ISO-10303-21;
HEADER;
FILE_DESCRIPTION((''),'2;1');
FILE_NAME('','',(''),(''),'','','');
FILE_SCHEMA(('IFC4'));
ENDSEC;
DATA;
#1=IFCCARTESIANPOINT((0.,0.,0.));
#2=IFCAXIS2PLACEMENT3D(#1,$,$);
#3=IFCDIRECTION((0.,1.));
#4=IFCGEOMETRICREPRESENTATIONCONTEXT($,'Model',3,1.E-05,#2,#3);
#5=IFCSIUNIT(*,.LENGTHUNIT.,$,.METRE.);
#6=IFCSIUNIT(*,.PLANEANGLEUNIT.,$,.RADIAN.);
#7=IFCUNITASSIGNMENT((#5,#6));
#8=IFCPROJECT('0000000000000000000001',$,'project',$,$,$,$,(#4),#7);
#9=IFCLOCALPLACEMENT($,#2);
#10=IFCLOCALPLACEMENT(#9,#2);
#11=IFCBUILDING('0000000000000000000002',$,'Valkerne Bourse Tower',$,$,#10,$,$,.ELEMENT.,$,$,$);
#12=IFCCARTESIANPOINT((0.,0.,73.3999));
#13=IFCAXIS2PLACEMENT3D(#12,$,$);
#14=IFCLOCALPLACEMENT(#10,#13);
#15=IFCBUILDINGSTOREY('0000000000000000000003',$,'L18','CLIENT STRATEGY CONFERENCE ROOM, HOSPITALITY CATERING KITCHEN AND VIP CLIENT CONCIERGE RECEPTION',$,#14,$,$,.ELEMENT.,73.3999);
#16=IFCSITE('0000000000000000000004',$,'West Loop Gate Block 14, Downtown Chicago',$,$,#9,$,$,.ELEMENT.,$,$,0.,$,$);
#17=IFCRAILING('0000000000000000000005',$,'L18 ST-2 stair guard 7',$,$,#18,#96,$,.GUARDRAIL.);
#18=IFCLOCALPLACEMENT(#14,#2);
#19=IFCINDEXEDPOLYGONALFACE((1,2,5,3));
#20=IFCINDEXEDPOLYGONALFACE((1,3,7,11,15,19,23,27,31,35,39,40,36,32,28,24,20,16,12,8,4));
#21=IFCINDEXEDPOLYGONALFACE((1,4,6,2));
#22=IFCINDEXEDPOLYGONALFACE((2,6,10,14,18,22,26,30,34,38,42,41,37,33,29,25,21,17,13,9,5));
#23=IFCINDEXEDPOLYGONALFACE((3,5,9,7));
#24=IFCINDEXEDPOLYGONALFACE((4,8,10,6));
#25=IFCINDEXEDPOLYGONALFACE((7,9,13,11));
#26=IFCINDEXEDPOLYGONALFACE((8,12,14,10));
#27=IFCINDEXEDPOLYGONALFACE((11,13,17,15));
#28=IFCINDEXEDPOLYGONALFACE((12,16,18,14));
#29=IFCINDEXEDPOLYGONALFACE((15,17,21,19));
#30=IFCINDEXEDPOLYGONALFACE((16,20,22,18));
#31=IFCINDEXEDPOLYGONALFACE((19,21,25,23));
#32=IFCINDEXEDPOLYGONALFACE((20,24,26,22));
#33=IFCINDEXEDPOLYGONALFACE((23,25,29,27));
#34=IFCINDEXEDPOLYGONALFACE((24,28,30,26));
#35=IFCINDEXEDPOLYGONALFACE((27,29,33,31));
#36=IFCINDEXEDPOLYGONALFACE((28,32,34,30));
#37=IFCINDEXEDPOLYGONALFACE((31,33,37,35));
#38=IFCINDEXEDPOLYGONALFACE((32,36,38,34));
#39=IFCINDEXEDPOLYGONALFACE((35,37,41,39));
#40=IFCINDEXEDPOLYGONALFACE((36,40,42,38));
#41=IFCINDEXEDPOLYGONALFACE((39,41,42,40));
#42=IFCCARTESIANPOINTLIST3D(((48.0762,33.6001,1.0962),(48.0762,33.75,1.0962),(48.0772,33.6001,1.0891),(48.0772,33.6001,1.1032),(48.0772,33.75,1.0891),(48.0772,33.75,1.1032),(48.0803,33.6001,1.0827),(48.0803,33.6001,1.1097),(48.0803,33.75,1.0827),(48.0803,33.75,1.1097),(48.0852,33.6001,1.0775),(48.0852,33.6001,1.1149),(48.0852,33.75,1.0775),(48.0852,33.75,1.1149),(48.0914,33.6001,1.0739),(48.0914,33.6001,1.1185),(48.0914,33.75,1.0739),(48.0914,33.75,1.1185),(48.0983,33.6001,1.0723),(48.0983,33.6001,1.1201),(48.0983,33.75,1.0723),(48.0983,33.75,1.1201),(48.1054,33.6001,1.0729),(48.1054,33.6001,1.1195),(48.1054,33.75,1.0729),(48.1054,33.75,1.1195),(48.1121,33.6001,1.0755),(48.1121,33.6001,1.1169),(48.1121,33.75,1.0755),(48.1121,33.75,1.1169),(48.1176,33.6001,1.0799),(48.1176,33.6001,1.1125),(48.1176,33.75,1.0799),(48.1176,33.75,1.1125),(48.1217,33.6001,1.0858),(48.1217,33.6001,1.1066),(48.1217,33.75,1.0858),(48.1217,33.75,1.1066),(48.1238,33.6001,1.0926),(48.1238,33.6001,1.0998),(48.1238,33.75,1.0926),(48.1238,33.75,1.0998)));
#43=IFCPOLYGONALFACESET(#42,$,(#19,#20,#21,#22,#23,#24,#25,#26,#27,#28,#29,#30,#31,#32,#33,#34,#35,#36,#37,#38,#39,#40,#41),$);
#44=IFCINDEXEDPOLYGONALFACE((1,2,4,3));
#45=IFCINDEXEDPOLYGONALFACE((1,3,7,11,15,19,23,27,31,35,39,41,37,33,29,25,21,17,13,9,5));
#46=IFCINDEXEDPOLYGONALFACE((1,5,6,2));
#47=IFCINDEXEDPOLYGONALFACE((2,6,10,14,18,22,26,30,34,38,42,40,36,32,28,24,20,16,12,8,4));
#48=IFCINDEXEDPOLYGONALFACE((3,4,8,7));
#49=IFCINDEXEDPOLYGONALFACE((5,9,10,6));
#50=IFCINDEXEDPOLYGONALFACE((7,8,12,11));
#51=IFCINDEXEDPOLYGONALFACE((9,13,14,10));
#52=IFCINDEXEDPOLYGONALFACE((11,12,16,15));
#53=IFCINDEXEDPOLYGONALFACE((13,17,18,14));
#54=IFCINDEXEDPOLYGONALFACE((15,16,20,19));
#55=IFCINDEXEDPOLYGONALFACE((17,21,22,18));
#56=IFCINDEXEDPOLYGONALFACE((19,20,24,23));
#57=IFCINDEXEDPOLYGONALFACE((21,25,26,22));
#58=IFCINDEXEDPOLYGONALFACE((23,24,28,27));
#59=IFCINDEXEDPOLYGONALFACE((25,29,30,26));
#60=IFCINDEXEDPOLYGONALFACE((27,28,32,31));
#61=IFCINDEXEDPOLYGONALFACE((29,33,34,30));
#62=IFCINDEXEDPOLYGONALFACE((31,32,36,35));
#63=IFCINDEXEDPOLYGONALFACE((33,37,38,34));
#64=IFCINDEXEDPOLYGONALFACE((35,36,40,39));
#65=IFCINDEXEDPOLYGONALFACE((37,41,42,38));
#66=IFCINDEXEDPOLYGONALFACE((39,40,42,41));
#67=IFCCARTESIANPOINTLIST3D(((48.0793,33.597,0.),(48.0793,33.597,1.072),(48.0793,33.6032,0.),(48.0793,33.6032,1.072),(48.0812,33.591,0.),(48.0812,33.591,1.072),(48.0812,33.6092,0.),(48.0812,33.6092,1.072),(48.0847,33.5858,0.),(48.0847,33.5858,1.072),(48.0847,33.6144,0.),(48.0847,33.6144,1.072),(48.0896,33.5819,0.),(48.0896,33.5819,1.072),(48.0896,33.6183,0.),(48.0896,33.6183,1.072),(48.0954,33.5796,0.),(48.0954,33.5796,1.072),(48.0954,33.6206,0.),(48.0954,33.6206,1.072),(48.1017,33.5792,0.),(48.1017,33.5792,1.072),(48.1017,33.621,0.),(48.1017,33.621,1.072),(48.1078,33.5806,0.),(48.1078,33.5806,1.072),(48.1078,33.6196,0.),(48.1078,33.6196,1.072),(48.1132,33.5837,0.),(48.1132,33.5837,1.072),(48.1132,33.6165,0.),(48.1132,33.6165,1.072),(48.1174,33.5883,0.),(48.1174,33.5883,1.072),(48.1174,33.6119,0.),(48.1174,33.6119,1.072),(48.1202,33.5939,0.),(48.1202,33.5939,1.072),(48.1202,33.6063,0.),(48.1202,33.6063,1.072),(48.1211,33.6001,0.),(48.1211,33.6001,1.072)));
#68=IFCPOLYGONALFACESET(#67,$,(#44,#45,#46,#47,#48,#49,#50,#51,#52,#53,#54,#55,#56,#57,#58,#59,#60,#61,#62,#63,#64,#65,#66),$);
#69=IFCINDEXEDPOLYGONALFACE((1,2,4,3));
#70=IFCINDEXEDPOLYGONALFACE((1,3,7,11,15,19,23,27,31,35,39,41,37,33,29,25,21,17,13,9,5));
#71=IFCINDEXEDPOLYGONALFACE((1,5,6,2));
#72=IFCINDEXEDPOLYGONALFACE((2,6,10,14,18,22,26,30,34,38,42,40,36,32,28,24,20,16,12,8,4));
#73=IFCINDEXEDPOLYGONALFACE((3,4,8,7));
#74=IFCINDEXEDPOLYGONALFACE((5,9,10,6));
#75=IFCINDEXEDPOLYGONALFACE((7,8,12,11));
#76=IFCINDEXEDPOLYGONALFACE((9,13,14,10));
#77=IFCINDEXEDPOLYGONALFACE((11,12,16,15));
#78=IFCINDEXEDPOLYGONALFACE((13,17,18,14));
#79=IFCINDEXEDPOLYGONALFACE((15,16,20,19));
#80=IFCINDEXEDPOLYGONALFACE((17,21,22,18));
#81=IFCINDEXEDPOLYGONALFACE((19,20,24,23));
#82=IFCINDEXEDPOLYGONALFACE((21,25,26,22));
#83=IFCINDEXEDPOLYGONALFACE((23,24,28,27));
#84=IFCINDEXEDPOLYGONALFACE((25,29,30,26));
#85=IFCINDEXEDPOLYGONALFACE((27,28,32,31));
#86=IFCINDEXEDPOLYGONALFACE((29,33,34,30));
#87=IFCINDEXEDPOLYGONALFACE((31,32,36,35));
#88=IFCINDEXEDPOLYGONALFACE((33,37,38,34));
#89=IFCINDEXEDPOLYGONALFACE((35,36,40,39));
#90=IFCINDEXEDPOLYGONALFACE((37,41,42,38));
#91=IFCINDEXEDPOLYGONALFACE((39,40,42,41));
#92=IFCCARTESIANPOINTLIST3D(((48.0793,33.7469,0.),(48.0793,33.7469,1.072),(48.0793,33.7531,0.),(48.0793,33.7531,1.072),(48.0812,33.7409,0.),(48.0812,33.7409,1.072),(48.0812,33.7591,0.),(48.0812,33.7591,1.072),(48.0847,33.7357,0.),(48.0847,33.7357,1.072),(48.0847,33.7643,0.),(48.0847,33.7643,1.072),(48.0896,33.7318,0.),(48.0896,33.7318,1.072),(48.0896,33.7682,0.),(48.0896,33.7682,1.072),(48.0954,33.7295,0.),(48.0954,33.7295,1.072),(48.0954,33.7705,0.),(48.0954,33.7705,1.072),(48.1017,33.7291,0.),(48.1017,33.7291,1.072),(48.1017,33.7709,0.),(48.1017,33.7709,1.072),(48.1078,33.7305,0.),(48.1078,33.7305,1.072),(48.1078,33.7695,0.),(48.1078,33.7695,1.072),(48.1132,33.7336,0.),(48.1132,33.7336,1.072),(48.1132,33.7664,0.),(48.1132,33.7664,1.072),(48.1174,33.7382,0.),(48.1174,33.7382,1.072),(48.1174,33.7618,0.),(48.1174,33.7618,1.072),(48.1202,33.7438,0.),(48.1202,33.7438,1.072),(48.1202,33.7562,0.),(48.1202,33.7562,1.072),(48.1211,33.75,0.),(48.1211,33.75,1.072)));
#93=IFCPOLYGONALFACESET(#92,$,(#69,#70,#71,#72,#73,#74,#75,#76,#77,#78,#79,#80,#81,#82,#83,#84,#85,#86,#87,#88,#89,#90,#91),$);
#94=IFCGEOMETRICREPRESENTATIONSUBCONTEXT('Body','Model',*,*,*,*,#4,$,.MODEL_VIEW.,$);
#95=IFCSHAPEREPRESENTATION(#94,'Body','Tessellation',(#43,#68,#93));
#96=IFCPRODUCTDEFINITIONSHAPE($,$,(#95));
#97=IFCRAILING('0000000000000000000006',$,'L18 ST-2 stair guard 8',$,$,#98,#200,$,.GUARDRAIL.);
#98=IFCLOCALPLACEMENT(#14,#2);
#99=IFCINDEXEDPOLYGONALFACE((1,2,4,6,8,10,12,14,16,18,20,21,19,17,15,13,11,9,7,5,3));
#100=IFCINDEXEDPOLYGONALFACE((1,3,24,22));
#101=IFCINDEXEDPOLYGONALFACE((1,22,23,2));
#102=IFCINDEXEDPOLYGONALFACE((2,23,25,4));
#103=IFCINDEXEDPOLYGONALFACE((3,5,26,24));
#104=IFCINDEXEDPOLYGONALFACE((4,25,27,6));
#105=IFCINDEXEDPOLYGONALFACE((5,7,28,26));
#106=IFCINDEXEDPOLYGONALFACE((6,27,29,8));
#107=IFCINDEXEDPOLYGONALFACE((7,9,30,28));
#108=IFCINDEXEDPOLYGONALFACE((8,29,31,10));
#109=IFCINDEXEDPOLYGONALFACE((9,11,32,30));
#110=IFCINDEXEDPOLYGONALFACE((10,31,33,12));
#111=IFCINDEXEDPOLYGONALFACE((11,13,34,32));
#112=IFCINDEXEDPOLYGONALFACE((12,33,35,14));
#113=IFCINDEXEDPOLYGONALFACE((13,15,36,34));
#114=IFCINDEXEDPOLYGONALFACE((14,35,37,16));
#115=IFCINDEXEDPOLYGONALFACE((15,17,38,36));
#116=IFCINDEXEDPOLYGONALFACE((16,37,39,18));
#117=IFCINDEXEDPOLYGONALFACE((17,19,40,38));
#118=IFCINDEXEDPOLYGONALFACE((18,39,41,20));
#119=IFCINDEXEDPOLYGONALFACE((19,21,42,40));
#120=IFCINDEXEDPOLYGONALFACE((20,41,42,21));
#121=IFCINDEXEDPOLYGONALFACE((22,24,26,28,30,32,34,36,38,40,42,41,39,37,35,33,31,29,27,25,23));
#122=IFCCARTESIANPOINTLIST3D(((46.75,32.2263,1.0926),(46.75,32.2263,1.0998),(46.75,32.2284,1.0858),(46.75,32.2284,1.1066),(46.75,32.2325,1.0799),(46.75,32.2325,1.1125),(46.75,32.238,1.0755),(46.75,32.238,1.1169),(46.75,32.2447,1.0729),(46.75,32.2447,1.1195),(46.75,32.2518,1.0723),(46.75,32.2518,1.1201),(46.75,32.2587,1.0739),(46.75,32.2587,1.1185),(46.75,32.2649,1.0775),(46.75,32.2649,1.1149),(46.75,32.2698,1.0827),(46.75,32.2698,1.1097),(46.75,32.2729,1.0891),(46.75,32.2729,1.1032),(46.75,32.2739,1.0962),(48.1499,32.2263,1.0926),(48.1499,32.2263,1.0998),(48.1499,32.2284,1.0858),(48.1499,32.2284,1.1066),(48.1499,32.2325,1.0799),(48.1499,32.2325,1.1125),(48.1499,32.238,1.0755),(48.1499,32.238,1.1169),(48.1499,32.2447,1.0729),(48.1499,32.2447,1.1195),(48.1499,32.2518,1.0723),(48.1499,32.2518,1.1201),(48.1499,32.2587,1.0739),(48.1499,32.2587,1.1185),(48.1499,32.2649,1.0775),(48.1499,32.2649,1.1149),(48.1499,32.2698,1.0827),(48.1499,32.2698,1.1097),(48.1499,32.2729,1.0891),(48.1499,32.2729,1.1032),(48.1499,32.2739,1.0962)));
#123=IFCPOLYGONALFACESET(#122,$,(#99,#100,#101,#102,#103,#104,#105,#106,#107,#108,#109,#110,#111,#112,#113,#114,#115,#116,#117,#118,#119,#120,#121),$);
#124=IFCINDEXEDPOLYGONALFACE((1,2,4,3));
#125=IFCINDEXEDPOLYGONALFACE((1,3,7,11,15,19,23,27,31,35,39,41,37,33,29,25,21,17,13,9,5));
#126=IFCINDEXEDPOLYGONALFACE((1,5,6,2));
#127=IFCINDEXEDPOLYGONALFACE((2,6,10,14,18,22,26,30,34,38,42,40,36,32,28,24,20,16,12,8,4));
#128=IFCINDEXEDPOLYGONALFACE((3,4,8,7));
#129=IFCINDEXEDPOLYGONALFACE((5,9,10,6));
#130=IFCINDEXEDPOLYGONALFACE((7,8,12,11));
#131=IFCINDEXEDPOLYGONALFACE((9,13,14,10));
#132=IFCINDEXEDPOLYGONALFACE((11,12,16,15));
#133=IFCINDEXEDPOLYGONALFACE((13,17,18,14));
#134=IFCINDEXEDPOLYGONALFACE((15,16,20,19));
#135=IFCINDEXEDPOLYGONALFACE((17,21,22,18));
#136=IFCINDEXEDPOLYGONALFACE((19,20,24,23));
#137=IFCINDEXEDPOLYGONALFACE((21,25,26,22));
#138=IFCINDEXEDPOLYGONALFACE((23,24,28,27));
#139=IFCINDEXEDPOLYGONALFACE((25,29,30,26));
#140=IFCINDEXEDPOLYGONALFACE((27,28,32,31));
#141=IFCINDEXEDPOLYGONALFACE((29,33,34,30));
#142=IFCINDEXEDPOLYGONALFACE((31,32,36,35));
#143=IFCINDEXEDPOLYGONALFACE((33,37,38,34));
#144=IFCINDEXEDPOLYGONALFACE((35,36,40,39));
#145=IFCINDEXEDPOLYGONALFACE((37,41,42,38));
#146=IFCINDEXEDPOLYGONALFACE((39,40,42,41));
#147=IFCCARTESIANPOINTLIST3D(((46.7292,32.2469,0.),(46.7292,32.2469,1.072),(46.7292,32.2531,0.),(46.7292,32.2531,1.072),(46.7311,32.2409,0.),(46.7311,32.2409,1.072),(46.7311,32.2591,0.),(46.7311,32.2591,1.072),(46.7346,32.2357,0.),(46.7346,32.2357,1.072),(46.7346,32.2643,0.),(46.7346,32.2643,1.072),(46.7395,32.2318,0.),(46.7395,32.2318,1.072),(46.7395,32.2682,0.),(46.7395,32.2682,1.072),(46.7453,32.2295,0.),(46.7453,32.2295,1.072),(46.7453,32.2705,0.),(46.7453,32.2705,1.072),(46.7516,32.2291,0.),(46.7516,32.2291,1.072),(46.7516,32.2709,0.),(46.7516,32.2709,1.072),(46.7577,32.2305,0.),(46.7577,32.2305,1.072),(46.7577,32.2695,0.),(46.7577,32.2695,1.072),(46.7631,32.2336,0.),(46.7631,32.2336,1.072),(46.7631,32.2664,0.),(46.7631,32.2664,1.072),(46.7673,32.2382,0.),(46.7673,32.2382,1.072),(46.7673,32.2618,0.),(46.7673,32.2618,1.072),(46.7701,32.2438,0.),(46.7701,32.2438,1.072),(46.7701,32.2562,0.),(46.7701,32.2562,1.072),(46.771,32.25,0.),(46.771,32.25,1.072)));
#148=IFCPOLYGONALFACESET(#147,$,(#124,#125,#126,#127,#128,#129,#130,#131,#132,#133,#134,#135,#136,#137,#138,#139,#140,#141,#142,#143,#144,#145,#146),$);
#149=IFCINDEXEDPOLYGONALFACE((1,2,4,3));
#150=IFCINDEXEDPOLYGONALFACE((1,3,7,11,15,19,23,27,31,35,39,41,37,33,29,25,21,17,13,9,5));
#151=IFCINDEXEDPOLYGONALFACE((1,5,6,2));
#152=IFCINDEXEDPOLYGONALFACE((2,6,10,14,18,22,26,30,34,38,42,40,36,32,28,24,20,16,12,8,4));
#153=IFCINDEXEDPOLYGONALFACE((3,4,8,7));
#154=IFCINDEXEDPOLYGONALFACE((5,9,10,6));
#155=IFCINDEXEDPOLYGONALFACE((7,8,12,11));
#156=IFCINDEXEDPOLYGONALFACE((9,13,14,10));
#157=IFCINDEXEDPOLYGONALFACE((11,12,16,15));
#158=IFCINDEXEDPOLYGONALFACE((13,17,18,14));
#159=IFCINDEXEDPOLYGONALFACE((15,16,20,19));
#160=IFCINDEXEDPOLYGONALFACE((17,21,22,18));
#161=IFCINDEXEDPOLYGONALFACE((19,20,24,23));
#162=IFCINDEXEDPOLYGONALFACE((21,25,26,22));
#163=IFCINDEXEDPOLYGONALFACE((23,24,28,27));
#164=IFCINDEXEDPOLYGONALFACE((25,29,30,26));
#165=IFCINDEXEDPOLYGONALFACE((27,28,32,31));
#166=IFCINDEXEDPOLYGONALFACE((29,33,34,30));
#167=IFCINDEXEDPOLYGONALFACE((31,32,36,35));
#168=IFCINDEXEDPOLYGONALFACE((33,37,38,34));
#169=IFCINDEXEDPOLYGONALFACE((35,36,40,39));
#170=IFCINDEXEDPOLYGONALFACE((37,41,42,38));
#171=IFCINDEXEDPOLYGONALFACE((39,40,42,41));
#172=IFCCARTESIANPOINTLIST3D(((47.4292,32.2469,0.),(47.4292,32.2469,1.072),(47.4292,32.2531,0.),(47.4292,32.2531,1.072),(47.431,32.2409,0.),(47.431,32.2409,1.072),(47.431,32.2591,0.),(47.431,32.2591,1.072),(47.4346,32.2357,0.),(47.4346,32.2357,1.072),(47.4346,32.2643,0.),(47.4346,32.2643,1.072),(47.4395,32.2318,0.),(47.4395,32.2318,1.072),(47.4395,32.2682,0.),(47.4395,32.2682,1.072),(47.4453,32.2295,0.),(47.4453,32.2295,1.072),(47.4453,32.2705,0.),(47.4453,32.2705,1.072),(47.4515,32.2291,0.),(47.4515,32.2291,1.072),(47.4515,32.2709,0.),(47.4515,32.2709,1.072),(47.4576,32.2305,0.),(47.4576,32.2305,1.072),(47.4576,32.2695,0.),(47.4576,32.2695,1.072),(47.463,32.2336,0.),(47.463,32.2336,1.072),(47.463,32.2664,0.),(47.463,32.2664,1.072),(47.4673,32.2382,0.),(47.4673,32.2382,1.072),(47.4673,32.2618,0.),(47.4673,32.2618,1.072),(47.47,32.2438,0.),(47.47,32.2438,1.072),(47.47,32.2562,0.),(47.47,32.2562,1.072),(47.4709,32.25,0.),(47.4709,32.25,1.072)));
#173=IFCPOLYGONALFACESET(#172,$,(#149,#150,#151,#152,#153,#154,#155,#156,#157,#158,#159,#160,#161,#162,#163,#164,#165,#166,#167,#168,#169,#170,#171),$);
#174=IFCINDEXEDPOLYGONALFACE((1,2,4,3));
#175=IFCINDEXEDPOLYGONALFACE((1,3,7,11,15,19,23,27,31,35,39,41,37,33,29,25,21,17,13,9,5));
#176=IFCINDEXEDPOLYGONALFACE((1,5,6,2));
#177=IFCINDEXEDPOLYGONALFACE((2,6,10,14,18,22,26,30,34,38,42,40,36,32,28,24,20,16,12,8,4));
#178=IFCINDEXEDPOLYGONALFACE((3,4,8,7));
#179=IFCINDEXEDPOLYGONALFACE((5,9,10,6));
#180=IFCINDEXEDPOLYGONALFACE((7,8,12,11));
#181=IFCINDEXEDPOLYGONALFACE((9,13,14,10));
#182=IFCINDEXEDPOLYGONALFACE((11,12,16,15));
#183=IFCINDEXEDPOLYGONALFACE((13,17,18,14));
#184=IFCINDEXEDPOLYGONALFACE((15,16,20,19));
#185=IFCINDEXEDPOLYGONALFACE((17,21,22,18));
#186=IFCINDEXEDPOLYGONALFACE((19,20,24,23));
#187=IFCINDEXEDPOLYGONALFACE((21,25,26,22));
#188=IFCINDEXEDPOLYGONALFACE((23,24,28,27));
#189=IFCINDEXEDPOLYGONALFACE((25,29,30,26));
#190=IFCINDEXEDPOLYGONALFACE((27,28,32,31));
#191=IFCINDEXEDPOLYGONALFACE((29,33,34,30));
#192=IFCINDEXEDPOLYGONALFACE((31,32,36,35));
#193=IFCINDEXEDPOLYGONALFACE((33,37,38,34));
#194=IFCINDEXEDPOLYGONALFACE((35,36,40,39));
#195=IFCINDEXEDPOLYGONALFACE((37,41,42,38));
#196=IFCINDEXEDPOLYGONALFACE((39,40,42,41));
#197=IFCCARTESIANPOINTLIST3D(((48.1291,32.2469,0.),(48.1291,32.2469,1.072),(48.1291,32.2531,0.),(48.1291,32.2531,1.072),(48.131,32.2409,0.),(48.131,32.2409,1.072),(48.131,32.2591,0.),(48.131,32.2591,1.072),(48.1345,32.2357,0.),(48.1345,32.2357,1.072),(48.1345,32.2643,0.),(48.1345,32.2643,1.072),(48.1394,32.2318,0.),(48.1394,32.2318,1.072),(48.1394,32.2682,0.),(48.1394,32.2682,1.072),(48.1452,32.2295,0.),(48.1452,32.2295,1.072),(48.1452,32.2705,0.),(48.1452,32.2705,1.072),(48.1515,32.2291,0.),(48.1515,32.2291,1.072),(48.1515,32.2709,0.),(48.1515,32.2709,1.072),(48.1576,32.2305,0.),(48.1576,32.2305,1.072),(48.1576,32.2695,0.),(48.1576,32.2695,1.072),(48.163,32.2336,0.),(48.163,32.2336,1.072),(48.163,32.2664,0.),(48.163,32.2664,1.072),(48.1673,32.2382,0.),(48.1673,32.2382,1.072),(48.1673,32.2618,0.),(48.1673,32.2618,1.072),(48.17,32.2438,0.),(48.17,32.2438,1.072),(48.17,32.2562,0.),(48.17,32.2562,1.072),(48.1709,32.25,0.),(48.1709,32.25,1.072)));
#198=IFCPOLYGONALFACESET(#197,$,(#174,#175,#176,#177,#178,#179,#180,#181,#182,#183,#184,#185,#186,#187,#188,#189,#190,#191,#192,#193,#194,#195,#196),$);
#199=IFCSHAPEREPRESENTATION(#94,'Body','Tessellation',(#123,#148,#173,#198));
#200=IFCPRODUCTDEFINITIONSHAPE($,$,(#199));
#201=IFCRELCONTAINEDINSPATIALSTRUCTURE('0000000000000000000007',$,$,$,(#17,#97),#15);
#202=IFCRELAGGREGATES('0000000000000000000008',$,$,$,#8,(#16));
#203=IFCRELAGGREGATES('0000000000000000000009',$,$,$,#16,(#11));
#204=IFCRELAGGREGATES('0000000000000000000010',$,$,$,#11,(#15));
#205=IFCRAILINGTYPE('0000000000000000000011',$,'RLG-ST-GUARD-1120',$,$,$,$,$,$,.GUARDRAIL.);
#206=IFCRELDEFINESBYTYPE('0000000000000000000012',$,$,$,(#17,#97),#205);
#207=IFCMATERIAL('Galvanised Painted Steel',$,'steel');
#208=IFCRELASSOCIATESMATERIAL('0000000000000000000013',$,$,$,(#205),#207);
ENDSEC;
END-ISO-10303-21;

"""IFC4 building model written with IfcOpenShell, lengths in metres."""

from ifc_helpers import new_model, si_unit, direction, frame, origin, origin_2d, place, context, subcontext, project, spatial, circle, extrude, material, type_object, element, save


model = new_model("IFC4")

# Units and contexts
model_context = context("Model", 3, precision=1e-05, world=origin(), true_north=direction((0.0, 1.0)))
body_context = subcontext(model_context, "Body", "Model", "MODEL_VIEW")
ifc_project = project(units=[si_unit("LENGTHUNIT", "METRE"), si_unit("PLANEANGLEUNIT", "RADIAN")], contexts=[model_context])

# Site, building, storey
site_placement = place(None, origin())
site = spatial("IfcSite", under=ifc_project, at=site_placement, Name="West Loop Gate Block 14, Downtown Chicago", CompositionType="ELEMENT", RefElevation=0.0)
building_placement = place(site_placement, origin())
building = spatial("IfcBuilding", under=site, at=building_placement, Name="Valkerne Bourse Tower", CompositionType="ELEMENT")
storey_placement = place(building_placement, frame((0.0, 0.0, 73.3999)))
storey = spatial("IfcBuildingStorey", under=building, at=storey_placement, Name="L18", Description="CLIENT STRATEGY CONFERENCE ROOM, HOSPITALITY CATERING KITCHEN AND VIP CLIENT CONCIERGE RECEPTION", CompositionType="ELEMENT", Elevation=73.3999)

# Shared definitions
ifc_material_1 = material(Name="Galvanised Painted Steel", Category="steel")

# Railings
railing_type_1 = type_object("IfcRailingType", Name="RLG-ST-GUARD-1120", PredefinedType="GUARDRAIL", material=ifc_material_1)
railing_1_placement = place(storey_placement, frame((48.1001, 33.6001, 0.0)))
element("IfcRailing", 1, at=railing_1_placement, inside=storey, type_object=railing_type_1, Name="L18 ST-2 stair guard 7", PredefinedType="GUARDRAIL", context=body_context, shape_type="SweptSolid", body=[
    extrude(circle(Radius=0.0239, at=origin_2d()), frame((0.0, 0.0, 1.0962), z_axis=(0.0, 1.0, 0.0), x_axis=(-1.0, 0.0, 0.0)), (0.0, 0.0, 1.0), 0.1499),
    extrude(circle(Radius=0.021, at=origin_2d()), origin(), (0.0, 0.0, 1.0), 1.072),
    extrude(circle(Radius=0.021, at=origin_2d()), frame((0.0, 0.1499, 0.0)), (0.0, 0.0, 1.0), 1.072),
])
for number, where, name in (
    (2, (46.75, 32.25, 0.0), "L18 ST-2 stair guard 8"),
):
    element("IfcRailing", number, at=place(storey_placement, frame(where)), inside=storey, type_object=railing_type_1, Name=name, PredefinedType="GUARDRAIL", context=body_context, shape_type="SweptSolid", body=[
        extrude(circle(Radius=0.0239, at=origin_2d()), frame((0.0, 0.0, 1.0962), z_axis=(1.0, 0.0, 0.0), x_axis=(0.0, 1.0, 0.0)), (0.0, 0.0, 1.0), 1.3999),
        extrude(circle(Radius=0.021, at=origin_2d()), origin(), (0.0, 0.0, 1.0), 1.072),
        extrude(circle(Radius=0.021, at=origin_2d()), frame((0.7, 0.0, 0.0)), (0.0, 0.0, 1.0), 1.072),
        extrude(circle(Radius=0.021, at=origin_2d()), frame((1.3999, 0.0, 0.0)), (0.0, 0.0, 1.0), 1.072),
    ])

save(model, "model.ifc")
